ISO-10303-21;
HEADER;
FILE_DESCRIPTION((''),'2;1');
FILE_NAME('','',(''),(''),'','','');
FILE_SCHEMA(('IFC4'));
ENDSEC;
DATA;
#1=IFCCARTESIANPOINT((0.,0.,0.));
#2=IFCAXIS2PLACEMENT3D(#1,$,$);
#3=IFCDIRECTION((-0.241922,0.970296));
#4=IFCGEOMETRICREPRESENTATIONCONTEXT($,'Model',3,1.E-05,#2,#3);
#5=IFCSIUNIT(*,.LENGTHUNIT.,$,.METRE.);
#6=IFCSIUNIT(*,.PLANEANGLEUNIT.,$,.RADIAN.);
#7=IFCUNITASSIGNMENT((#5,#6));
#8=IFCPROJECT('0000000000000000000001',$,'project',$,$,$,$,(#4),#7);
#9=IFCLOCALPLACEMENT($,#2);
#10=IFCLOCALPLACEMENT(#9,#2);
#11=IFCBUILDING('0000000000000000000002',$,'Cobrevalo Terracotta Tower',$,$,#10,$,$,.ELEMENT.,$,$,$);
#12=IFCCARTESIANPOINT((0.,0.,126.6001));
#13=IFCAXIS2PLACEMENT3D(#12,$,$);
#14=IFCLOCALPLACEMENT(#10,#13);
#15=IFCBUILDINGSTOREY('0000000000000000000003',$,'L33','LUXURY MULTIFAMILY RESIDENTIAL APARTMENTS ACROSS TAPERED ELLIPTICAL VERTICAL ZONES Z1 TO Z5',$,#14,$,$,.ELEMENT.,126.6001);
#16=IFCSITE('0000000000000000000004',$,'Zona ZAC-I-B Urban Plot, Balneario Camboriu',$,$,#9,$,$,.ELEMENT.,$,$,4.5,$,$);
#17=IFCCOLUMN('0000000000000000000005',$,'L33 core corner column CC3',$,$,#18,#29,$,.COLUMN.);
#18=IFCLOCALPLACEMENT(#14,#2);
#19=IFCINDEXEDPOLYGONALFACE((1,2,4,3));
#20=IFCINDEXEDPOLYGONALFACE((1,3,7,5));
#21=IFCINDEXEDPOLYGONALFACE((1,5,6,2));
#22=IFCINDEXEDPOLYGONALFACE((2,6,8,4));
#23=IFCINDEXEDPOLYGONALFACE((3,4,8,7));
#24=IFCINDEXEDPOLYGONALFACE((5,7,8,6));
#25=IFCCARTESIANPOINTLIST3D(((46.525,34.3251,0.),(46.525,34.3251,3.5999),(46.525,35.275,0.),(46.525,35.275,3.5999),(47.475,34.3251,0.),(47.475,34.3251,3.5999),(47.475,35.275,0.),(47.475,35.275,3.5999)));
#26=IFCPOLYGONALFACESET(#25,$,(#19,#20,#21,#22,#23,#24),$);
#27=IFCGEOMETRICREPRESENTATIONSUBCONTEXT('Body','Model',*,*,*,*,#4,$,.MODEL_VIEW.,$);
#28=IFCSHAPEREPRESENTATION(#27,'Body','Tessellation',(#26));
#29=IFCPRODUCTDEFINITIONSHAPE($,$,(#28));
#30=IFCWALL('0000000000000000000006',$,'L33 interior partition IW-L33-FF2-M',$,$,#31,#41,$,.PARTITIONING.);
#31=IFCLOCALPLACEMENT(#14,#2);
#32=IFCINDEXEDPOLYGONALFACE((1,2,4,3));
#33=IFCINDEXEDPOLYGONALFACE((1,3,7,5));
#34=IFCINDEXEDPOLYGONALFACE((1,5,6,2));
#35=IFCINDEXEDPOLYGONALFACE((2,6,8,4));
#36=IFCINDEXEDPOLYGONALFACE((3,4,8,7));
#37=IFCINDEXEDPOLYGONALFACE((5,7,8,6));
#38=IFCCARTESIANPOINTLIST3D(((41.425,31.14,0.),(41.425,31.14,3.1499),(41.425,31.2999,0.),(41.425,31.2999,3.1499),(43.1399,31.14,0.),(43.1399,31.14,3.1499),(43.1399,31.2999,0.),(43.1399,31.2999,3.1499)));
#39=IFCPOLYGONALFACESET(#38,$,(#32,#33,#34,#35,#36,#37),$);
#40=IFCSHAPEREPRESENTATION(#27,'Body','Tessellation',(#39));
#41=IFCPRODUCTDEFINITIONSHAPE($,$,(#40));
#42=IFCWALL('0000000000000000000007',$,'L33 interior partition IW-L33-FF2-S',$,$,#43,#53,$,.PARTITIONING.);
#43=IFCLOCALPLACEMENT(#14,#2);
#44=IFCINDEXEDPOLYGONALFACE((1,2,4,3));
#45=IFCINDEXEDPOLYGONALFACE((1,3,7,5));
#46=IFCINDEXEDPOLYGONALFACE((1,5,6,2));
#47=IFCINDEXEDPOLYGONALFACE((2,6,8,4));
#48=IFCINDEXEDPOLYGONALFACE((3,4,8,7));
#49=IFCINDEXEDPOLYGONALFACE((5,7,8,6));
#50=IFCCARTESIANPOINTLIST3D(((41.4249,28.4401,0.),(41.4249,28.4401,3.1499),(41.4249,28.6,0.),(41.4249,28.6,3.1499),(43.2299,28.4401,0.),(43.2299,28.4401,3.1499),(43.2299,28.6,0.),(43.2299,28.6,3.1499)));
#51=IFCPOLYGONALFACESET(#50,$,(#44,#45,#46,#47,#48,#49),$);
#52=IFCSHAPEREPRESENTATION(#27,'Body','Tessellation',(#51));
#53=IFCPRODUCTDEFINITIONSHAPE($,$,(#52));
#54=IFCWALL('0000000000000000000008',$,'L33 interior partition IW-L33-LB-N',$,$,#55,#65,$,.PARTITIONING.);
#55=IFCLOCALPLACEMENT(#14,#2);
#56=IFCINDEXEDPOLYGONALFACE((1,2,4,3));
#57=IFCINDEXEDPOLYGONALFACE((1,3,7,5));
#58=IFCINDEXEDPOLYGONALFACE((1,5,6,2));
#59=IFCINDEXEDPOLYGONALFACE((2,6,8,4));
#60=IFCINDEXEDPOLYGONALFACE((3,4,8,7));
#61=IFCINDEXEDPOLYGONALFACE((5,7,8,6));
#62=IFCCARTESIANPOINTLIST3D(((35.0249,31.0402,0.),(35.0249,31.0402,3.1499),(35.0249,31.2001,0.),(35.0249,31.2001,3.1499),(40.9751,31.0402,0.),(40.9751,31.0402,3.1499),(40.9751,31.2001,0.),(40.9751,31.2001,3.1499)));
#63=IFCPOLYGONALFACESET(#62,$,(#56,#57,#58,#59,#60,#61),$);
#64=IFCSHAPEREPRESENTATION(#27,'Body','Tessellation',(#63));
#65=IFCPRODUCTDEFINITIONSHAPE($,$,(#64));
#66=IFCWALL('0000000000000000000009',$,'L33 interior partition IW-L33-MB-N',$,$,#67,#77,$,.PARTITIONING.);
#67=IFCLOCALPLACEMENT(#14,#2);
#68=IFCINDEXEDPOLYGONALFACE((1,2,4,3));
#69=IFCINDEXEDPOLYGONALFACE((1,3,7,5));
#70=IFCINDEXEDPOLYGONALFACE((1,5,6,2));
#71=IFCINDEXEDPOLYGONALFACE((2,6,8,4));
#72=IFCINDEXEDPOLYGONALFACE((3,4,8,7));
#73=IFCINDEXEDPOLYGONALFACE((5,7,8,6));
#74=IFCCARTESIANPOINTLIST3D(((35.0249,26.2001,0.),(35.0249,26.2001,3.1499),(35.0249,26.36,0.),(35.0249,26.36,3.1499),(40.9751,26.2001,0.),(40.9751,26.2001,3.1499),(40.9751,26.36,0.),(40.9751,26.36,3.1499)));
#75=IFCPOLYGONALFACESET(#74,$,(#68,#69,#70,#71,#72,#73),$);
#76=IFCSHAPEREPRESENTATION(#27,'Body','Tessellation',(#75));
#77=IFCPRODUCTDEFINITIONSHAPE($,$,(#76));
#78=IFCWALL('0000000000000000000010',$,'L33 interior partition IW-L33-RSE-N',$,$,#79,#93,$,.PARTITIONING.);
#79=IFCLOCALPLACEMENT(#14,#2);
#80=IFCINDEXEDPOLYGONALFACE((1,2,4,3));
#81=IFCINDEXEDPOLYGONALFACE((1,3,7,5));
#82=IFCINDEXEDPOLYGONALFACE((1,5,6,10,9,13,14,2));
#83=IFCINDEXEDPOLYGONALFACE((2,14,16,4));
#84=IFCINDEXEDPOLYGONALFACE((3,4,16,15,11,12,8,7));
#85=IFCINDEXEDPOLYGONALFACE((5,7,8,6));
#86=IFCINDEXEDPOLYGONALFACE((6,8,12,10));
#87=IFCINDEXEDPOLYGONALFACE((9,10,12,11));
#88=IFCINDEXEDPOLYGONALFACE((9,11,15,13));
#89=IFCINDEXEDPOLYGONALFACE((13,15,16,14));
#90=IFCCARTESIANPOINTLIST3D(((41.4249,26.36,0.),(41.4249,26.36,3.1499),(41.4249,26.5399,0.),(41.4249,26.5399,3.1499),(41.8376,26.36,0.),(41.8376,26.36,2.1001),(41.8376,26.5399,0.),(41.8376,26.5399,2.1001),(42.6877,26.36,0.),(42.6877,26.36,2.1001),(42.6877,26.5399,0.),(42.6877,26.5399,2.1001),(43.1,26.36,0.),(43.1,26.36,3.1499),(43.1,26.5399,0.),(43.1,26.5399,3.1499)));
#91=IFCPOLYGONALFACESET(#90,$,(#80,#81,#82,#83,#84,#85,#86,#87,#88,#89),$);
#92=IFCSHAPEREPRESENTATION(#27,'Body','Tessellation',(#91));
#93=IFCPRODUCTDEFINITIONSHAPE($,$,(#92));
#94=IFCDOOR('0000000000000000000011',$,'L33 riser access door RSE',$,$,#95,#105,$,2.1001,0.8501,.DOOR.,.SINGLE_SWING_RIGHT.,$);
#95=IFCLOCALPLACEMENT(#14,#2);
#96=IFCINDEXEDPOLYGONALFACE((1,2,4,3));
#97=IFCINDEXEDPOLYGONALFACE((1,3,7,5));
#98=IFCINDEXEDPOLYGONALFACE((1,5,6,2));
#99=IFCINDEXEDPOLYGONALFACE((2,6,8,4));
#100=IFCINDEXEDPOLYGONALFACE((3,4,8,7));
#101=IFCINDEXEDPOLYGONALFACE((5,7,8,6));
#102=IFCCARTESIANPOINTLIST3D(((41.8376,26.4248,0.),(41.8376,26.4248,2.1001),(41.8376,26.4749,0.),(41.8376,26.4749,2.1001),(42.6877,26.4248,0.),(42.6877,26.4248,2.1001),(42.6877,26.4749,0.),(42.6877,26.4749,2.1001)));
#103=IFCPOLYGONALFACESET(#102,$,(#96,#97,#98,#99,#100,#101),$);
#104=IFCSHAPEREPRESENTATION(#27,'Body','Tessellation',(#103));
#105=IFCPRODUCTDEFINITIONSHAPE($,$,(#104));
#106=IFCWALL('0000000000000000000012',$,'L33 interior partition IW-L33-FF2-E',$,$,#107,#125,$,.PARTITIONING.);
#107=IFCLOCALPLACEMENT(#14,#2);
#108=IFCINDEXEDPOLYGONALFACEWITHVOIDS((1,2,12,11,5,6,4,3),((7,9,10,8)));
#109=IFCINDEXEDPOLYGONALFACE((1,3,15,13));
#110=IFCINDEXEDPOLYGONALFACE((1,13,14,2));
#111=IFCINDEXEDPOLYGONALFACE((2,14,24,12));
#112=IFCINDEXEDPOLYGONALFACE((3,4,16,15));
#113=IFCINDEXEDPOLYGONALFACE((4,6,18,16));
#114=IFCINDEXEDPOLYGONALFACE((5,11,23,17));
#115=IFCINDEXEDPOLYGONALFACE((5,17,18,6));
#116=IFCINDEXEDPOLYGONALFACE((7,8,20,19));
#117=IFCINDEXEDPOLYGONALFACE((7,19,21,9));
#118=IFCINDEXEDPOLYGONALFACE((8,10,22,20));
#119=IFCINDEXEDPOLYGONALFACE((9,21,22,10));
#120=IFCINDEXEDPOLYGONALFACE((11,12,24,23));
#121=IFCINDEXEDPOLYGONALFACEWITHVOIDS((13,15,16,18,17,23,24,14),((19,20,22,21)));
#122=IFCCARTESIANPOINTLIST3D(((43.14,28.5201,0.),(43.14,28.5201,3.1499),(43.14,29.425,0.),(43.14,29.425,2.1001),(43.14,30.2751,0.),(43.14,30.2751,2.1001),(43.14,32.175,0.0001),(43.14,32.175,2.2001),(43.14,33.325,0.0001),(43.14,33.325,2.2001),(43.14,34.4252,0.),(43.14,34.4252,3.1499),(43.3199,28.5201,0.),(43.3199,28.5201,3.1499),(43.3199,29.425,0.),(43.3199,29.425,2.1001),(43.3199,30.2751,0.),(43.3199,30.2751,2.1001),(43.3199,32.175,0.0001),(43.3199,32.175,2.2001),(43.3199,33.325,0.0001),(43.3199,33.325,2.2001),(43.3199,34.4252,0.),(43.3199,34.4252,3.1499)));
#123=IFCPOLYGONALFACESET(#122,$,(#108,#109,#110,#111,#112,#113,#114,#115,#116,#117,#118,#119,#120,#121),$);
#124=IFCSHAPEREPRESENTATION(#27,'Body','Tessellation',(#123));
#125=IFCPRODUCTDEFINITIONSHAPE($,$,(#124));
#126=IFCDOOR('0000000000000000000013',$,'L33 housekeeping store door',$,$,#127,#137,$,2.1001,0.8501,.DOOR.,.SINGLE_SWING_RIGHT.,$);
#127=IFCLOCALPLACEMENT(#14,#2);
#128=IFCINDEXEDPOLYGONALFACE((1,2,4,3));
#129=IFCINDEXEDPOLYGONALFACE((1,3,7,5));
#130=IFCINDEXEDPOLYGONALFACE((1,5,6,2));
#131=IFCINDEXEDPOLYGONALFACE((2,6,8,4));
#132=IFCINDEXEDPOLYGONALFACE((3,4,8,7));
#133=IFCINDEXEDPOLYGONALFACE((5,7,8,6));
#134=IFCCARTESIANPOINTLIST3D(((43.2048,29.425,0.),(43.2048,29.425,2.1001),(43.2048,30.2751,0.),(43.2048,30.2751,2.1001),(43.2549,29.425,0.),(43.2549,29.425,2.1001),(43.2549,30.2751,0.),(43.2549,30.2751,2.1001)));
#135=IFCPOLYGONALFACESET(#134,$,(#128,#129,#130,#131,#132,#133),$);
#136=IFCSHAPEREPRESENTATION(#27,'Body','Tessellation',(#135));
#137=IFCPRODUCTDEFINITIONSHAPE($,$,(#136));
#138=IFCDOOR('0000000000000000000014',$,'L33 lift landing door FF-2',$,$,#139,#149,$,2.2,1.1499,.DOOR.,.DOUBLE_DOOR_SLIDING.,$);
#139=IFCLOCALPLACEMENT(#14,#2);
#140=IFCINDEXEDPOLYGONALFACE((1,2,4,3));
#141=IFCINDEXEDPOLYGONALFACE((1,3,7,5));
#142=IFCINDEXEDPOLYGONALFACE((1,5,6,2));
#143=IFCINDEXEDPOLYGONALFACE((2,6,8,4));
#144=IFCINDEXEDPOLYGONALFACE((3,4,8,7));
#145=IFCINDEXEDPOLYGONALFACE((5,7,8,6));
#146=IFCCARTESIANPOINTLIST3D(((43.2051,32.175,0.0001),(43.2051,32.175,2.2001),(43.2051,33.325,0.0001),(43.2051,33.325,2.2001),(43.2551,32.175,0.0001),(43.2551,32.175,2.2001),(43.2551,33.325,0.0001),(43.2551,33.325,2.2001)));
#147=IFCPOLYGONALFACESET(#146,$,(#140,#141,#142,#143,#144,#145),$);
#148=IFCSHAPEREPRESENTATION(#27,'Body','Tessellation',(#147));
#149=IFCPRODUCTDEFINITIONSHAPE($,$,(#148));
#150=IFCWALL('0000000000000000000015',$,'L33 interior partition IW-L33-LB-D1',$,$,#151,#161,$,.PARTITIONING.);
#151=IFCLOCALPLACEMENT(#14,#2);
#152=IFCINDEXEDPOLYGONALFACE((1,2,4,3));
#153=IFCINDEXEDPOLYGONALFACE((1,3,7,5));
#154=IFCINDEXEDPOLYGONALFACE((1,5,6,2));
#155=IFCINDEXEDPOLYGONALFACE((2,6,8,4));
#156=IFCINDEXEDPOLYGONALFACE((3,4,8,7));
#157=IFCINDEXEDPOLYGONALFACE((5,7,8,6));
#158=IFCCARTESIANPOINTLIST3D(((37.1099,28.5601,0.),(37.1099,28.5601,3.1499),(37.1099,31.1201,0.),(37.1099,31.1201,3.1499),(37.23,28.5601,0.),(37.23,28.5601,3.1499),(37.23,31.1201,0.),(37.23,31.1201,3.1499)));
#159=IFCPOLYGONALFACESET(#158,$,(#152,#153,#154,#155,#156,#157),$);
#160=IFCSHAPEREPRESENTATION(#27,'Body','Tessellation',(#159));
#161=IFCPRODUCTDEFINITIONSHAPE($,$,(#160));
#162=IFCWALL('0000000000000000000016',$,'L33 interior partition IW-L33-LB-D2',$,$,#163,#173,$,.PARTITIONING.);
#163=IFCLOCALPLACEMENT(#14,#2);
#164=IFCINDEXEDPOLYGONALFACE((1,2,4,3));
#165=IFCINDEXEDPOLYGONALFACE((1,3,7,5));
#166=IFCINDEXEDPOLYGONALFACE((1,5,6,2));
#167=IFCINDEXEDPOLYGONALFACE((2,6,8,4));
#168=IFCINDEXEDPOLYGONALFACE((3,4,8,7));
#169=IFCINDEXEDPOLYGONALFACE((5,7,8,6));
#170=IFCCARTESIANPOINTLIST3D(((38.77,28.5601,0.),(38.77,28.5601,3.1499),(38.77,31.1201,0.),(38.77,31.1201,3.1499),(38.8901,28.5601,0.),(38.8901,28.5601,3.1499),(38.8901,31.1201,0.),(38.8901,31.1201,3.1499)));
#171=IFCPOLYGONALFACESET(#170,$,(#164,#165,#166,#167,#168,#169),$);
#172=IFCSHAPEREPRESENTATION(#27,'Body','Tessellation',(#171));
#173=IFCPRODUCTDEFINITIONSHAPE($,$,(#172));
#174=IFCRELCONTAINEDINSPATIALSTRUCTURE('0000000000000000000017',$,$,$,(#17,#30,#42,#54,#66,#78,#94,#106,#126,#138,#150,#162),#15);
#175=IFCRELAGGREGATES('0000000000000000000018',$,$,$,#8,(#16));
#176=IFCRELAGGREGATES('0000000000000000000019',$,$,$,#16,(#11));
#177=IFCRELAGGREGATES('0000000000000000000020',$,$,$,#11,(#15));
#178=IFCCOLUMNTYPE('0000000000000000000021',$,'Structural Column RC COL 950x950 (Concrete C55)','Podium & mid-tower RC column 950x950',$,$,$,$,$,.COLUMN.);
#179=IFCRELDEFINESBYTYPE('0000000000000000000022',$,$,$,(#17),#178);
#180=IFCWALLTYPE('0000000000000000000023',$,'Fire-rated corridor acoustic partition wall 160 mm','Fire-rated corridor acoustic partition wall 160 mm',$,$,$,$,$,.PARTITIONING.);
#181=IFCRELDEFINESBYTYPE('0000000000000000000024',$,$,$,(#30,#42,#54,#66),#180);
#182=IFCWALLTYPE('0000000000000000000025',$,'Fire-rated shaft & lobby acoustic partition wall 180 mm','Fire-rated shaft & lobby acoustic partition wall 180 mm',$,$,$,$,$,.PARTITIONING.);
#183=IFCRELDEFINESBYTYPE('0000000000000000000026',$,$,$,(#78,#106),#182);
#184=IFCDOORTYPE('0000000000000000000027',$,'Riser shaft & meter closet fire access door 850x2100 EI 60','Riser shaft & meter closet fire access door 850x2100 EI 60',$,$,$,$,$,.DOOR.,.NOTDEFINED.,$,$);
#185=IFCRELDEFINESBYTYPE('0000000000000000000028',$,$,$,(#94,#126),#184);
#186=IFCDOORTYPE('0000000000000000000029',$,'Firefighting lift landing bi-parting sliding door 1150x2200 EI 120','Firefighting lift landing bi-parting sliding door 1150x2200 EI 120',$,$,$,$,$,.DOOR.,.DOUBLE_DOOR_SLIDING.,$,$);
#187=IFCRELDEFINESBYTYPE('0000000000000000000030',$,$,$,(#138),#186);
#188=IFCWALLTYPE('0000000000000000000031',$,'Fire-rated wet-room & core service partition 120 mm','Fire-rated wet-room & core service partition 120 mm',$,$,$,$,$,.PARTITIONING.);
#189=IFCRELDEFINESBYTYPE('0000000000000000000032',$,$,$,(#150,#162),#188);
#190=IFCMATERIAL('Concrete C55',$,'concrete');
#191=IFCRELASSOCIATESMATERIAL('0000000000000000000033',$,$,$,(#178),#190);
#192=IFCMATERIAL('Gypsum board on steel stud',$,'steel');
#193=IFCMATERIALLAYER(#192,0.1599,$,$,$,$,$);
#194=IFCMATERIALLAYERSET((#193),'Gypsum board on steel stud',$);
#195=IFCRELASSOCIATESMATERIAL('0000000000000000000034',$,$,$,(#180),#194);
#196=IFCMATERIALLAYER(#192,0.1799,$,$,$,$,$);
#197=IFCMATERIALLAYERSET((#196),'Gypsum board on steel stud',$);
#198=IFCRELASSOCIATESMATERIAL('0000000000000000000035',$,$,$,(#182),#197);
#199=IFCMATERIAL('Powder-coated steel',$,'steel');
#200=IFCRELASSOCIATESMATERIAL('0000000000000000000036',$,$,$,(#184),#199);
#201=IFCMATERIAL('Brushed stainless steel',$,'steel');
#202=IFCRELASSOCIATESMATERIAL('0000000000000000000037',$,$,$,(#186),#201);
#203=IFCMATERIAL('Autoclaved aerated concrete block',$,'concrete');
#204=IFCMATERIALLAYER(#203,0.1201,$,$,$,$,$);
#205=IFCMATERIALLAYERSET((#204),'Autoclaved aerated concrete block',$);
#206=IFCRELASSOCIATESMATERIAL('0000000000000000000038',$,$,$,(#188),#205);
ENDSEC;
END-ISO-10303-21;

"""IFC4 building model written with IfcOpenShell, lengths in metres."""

from ifc_helpers import new_model, si_unit, direction, frame, frame_2d, origin, origin_2d, place, context, subcontext, project, spatial, rectangle, extrude, source, transform, mapped, material, layer, layer_set, material_profile, profile_set, type_object, element, fill, save


model = new_model("IFC4")

# Units and contexts
model_context = context("Model", 3, precision=1e-05, world=origin(), true_north=direction((-0.241922, 0.970296)))
body_context = subcontext(model_context, "Body", "Model", "MODEL_VIEW")
ifc_project = project(units=[si_unit("LENGTHUNIT", "METRE"), si_unit("PLANEANGLEUNIT", "RADIAN")], contexts=[model_context])

# Site, building, storey
site_placement = place(None, origin())
site = spatial("IfcSite", under=ifc_project, at=site_placement, Name="Zona ZAC-I-B Urban Plot, Balneario Camboriu", CompositionType="ELEMENT", RefElevation=4.5)
building_placement = place(site_placement, origin())
building = spatial("IfcBuilding", under=site, at=building_placement, Name="Cobrevalo Terracotta Tower", CompositionType="ELEMENT")
storey_placement = place(building_placement, frame((0.0, 0.0, 126.6001)))
storey = spatial("IfcBuildingStorey", under=building, at=storey_placement, Name="L33", Description="LUXURY MULTIFAMILY RESIDENTIAL APARTMENTS ACROSS TAPERED ELLIPTICAL VERTICAL ZONES Z1 TO Z5", CompositionType="ELEMENT", Elevation=126.6001)

# Column
ifc_material_1 = material(Name="Concrete C55", Category="concrete")
ifc_material_profile = material_profile(ifc_material_1, rectangle(XDim=0.95, YDim=0.95, at=origin_2d()), Name="RC COL 950x950")
ifc_profile_set = profile_set([ifc_material_profile], Name="Concrete C55")
column_type = type_object("IfcColumnType", Name="Structural Column RC COL 950x950 (Concrete C55)", Description="Podium & mid-tower RC column 950x950", PredefinedType="COLUMN", material=ifc_profile_set)
column_placement = place(storey_placement, frame((47.0, 34.8, 0.0), z_axis=(0.0, 0.0, 1.0), x_axis=(1.0, 0.0, 0.0)))
element("IfcColumn", 1, at=column_placement, inside=storey, type_object=column_type, Name="L33 core corner column CC3", PredefinedType="COLUMN", context=body_context, shape_type="SweptSolid", body=[
    extrude(rectangle(XDim=0.95, YDim=0.95, at=origin_2d()), origin(), (0.0, 0.0, 1.0), 3.5999),
])

# Walls
ifc_material_2 = material(Name="Gypsum board on steel stud", Category="steel")
ifc_layer_1 = layer(ifc_material_2, 0.1599)
ifc_layer_set_1 = layer_set([ifc_layer_1], Name="Gypsum board on steel stud")
wall_type_1 = type_object("IfcWallType", Name="Fire-rated corridor acoustic partition wall 160 mm", Description="Fire-rated corridor acoustic partition wall 160 mm", PredefinedType="PARTITIONING", material=ifc_layer_set_1)
wall_1_placement = place(storey_placement, frame((41.425, 31.22, 0.0), z_axis=(0.0, 0.0, 1.0), x_axis=(1.0, 0.0, 0.0)))
element("IfcWall", 2, at=wall_1_placement, inside=storey, type_object=wall_type_1, Name="L33 interior partition IW-L33-FF2-M", PredefinedType="PARTITIONING", context=body_context, shape_type="SweptSolid", body=[
    extrude(rectangle(XDim=1.7148, YDim=0.1599, at=frame_2d((0.8574, 0.0))), origin(), (0.0, 0.0, 1.0), 3.1499),
])
wall_2_placement = place(storey_placement, frame((41.425, 28.52, 0.0), z_axis=(0.0, 0.0, 1.0), x_axis=(1.0, 0.0, 0.0)))
element("IfcWall", 3, at=wall_2_placement, inside=storey, type_object=wall_type_1, Name="L33 interior partition IW-L33-FF2-S", PredefinedType="PARTITIONING", context=body_context, shape_type="SweptSolid", body=[
    extrude(rectangle(XDim=1.8049, YDim=0.1599, at=frame_2d((0.9023, 0.0))), origin(), (0.0, 0.0, 1.0), 3.1499),
])
for number, where, z_axis, x_axis, name in (
    (4, (35.0249, 31.1201, 0.0), (0.0, 0.0, 1.0), (1.0, 0.0, 0.0), "L33 interior partition IW-L33-LB-N"),
    (5, (35.0249, 26.28, 0.0), (0.0, 0.0, 1.0), (1.0, 0.0, 0.0), "L33 interior partition IW-L33-MB-N"),
):
    element("IfcWall", number, at=place(storey_placement, frame(where, z_axis=z_axis, x_axis=x_axis)), inside=storey, type_object=wall_type_1, Name=name, PredefinedType="PARTITIONING", context=body_context, shape_type="SweptSolid", body=[
        extrude(rectangle(XDim=5.9502, YDim=0.1599, at=frame_2d((2.9751, 0.0))), origin(), (0.0, 0.0, 1.0), 3.1499),
    ])

# Wall, opening, door
ifc_layer_2 = layer(ifc_material_2, 0.1799)
ifc_layer_set_2 = layer_set([ifc_layer_2], Name="Gypsum board on steel stud")
wall_type_2 = type_object("IfcWallType", Name="Fire-rated shaft & lobby acoustic partition wall 180 mm", Description="Fire-rated shaft & lobby acoustic partition wall 180 mm", PredefinedType="PARTITIONING", material=ifc_layer_set_2)
wall_3_placement = place(storey_placement, frame((41.425, 26.45, 0.0), z_axis=(0.0, 0.0, 1.0), x_axis=(1.0, 0.0, 0.0)))
wall_3 = element("IfcWall", 6, at=wall_3_placement, inside=storey, type_object=wall_type_2, Name="L33 interior partition IW-L33-RSE-N", PredefinedType="PARTITIONING", context=body_context, shape_type="SweptSolid", body=[
    extrude(rectangle(XDim=1.675, YDim=0.1799, at=frame_2d((0.8374, 0.0))), origin(), (0.0, 0.0, 1.0), 3.1499),
])
opening_1_placement = place(wall_3_placement, frame((0.4126, 0.0, 0.0)))
opening_1 = element("IfcOpeningElement", 7, at=opening_1_placement, cuts=wall_3, PredefinedType="OPENING", context=body_context, shape_type="SweptSolid", body=[
    extrude(rectangle(XDim=0.8501, YDim=2.1001, at=frame_2d((0.425, 1.05))), frame((0.0, 0.1001, 0.0), z_axis=(0.0, -1.0, 0.0), x_axis=(1.0, 0.0, 0.0)), (0.0, 0.0, 1.0), 0.2),
])
ifc_material_3 = material(Name="Powder-coated steel", Category="steel")
door_type_1 = type_object("IfcDoorType", Name="Riser shaft & meter closet fire access door 850x2100 EI 60", Description="Riser shaft & meter closet fire access door 850x2100 EI 60", OperationType="NOTDEFINED", PredefinedType="DOOR", material=ifc_material_3)
shared_shape_1 = source(origin(), body_context, "Body", "SweptSolid", [
    extrude(rectangle(XDim=0.8501, YDim=2.1001, at=frame_2d((0.425, 1.05))), frame((0.0, 0.0249, 0.0), z_axis=(0.0, -1.0, 0.0), x_axis=(1.0, 0.0, 0.0)), (0.0, 0.0, 1.0), 0.05),
])
door_1_placement = place(opening_1_placement, origin())
door_1 = element("IfcDoor", 8, at=door_1_placement, inside=storey, type_object=door_type_1, Name="L33 riser access door RSE", OperationType="SINGLE_SWING_RIGHT", OverallHeight=2.1001, OverallWidth=0.8501, PredefinedType="DOOR", context=body_context, shape_type="MappedRepresentation", body=[
    mapped(shared_shape_1, transform((0.0, 0.0, 0.0), scale=1.0)),
])
fill(opening_1, door_1)

# Wall, openings, doors
wall_4_placement = place(storey_placement, frame((43.23, 28.52, 0.0), z_axis=(0.0, 0.0, 1.0), x_axis=(0.0, 1.0, 0.0)))
wall_4 = element("IfcWall", 9, at=wall_4_placement, inside=storey, type_object=wall_type_2, Name="L33 interior partition IW-L33-FF2-E", PredefinedType="PARTITIONING", context=body_context, shape_type="SweptSolid", body=[
    extrude(rectangle(XDim=5.905, YDim=0.1799, at=frame_2d((2.9526, 0.0))), origin(), (0.0, 0.0, 1.0), 3.1499),
])
opening_2_placement = place(wall_4_placement, frame((0.905, 0.0, 0.0)))
opening_2 = element("IfcOpeningElement", 10, at=opening_2_placement, cuts=wall_4, PredefinedType="OPENING", context=body_context, shape_type="SweptSolid", body=[
    extrude(rectangle(XDim=0.8501, YDim=2.1001, at=frame_2d((0.425, 1.05))), frame((0.0, 0.1001, 0.0), z_axis=(0.0, -1.0, 0.0), x_axis=(1.0, 0.0, 0.0)), (0.0, 0.0, 1.0), 0.2),
])
opening_3_placement = place(wall_4_placement, frame((3.655, 0.0, 0.0)))
opening_3 = element("IfcOpeningElement", 11, at=opening_3_placement, cuts=wall_4, PredefinedType="OPENING", context=body_context, shape_type="SweptSolid", body=[
    extrude(rectangle(XDim=1.1499, YDim=2.2, at=frame_2d((0.575, 1.1001))), frame((0.0, 0.1001, 0.0), z_axis=(0.0, -1.0, 0.0), x_axis=(1.0, 0.0, 0.0)), (0.0, 0.0, 1.0), 0.2),
])
door_2_placement = place(opening_2_placement, frame((0.8501, 0.0, 0.0), z_axis=(0.0, 0.0, 1.0), x_axis=(-1.0, 0.0, 0.0)))
door_2 = element("IfcDoor", 12, at=door_2_placement, inside=storey, type_object=door_type_1, Name="L33 housekeeping store door", OperationType="SINGLE_SWING_RIGHT", OverallHeight=2.1001, OverallWidth=0.8501, PredefinedType="DOOR", context=body_context, shape_type="MappedRepresentation", body=[
    mapped(shared_shape_1, transform((0.0, 0.0, 0.0), scale=1.0)),
])
fill(opening_2, door_2)
ifc_material_4 = material(Name="Brushed stainless steel", Category="steel")
door_type_2 = type_object("IfcDoorType", Name="Firefighting lift landing bi-parting sliding door 1150x2200 EI 120", Description="Firefighting lift landing bi-parting sliding door 1150x2200 EI 120", OperationType="DOUBLE_DOOR_SLIDING", PredefinedType="DOOR", material=ifc_material_4)
shared_shape_2 = source(origin(), body_context, "Body", "SweptSolid", [
    extrude(rectangle(XDim=1.1499, YDim=2.2, at=frame_2d((0.575, 1.1001))), frame((0.0, 0.0249, 0.0), z_axis=(0.0, -1.0, 0.0), x_axis=(1.0, 0.0, 0.0)), (0.0, 0.0, 1.0), 0.05),
])
door_3_placement = place(opening_3_placement, origin())
door_3 = element("IfcDoor", 13, at=door_3_placement, inside=storey, type_object=door_type_2, Name="L33 lift landing door FF-2", OperationType="DOUBLE_DOOR_SLIDING", OverallHeight=2.2, OverallWidth=1.1499, PredefinedType="DOOR", context=body_context, shape_type="MappedRepresentation", body=[
    mapped(shared_shape_2, transform((0.0, 0.0, 0.0), scale=1.0)),
])
fill(opening_3, door_3)

# Walls
ifc_material_5 = material(Name="Autoclaved aerated concrete block", Category="concrete")
ifc_layer_3 = layer(ifc_material_5, 0.1201)
ifc_layer_set_3 = layer_set([ifc_layer_3], Name="Autoclaved aerated concrete block")
wall_type_3 = type_object("IfcWallType", Name="Fire-rated wet-room & core service partition 120 mm", Description="Fire-rated wet-room & core service partition 120 mm", PredefinedType="PARTITIONING", material=ifc_layer_set_3)
for number, where, z_axis, x_axis, name in (
    (14, (37.1699, 28.5601, 0.0), (0.0, 0.0, 1.0), (0.0, 1.0, 0.0), "L33 interior partition IW-L33-LB-D1"),
    (15, (38.8301, 28.5601, 0.0), (0.0, 0.0, 1.0), (0.0, 1.0, 0.0), "L33 interior partition IW-L33-LB-D2"),
):
    element("IfcWall", number, at=place(storey_placement, frame(where, z_axis=z_axis, x_axis=x_axis)), inside=storey, type_object=wall_type_3, Name=name, PredefinedType="PARTITIONING", context=body_context, shape_type="SweptSolid", body=[
        extrude(rectangle(XDim=2.5601, YDim=0.1201, at=frame_2d((1.28, 0.0))), origin(), (0.0, 0.0, 1.0), 3.1499),
    ])

save(model, "model.ifc")
